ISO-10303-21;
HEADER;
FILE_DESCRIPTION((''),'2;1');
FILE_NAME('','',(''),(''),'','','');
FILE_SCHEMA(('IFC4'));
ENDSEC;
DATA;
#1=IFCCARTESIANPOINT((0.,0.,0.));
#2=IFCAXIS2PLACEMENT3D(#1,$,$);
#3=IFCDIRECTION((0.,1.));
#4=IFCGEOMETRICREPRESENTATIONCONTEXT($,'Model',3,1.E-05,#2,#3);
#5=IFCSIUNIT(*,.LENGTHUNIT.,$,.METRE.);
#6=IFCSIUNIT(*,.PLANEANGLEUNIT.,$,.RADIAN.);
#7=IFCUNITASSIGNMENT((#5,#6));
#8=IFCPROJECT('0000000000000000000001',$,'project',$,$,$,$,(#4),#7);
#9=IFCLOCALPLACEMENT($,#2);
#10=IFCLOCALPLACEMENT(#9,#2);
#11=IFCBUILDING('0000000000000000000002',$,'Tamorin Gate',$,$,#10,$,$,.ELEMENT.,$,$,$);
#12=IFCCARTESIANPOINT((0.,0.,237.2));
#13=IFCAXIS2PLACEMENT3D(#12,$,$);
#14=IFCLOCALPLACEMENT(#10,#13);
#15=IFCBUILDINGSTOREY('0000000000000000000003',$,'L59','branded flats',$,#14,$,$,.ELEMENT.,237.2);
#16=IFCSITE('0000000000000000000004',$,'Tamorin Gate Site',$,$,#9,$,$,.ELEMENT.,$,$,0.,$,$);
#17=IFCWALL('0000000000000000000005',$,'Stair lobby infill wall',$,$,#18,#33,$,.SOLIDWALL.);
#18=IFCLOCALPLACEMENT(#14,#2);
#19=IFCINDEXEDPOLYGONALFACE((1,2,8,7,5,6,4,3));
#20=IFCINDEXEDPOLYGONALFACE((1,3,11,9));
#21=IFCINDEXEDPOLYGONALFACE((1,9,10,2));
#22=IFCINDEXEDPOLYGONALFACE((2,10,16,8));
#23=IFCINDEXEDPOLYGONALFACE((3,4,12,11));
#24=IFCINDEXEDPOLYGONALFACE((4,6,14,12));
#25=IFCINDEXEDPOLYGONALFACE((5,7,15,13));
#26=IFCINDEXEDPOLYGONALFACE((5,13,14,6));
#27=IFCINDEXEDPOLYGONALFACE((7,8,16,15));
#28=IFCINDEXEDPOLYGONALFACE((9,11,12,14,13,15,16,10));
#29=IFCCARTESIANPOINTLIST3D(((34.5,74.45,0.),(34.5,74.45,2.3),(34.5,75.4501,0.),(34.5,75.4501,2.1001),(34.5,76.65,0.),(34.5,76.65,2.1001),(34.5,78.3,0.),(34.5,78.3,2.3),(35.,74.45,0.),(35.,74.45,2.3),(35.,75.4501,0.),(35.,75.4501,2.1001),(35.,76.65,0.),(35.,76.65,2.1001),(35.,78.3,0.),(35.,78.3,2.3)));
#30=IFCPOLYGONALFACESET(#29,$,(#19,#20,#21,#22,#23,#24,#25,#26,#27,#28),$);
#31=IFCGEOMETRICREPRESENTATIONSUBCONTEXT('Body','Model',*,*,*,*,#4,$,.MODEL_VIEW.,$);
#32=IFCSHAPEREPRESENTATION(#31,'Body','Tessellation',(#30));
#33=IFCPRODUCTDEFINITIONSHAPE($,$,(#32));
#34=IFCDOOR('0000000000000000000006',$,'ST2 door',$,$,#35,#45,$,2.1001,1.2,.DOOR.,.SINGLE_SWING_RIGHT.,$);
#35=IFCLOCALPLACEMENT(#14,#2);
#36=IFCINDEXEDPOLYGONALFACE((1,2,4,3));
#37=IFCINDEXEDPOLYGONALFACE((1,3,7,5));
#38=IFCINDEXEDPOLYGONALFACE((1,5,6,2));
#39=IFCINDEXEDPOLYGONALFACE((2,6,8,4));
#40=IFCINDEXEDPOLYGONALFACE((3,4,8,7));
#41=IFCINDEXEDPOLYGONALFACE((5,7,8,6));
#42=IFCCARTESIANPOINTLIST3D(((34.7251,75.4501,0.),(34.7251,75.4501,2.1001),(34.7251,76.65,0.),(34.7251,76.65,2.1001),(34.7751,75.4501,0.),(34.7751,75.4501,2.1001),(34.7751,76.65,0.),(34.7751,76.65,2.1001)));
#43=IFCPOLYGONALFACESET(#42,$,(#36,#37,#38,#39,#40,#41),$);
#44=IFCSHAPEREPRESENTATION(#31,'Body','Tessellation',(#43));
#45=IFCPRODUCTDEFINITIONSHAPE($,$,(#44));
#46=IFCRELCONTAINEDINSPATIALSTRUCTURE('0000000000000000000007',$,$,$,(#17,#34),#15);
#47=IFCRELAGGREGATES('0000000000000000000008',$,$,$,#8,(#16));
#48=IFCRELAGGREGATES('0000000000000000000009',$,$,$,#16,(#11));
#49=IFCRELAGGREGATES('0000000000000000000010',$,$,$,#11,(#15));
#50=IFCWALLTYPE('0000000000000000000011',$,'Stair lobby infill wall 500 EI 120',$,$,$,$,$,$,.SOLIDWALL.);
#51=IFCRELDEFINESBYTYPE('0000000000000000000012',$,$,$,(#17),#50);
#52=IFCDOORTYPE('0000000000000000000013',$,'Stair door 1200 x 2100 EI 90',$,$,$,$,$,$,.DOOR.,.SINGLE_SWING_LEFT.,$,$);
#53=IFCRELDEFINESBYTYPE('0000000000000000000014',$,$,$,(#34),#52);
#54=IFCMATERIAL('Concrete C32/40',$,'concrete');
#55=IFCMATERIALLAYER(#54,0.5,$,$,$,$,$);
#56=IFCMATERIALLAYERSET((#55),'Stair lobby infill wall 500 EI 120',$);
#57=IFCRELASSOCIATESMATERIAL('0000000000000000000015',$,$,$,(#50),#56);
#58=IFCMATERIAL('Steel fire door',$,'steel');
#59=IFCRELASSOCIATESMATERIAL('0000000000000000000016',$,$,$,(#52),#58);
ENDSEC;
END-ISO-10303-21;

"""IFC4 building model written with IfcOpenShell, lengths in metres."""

from ifc_helpers import new_model, si_unit, direction, frame, frame_2d, origin, place, context, subcontext, project, spatial, rectangle, extrude, material, layer, layer_set, type_object, element, fill, save


model = new_model("IFC4")

# Units and contexts
model_context = context("Model", 3, precision=1e-05, world=origin(), true_north=direction((0.0, 1.0)))
body_context = subcontext(model_context, "Body", "Model", "MODEL_VIEW")
ifc_project = project(units=[si_unit("LENGTHUNIT", "METRE"), si_unit("PLANEANGLEUNIT", "RADIAN")], contexts=[model_context])

# Site, building, storey
site_placement = place(None, origin())
site = spatial("IfcSite", under=ifc_project, at=site_placement, Name="Tamorin Gate Site", CompositionType="ELEMENT", RefElevation=0.0)
building_placement = place(site_placement, origin())
building = spatial("IfcBuilding", under=site, at=building_placement, Name="Tamorin Gate", CompositionType="ELEMENT")
storey_placement = place(building_placement, frame((0.0, 0.0, 237.2)))
storey = spatial("IfcBuildingStorey", under=building, at=storey_placement, Name="L59", Description="branded flats", CompositionType="ELEMENT", Elevation=237.2)

# Wall, opening, door
ifc_material_1 = material(Name="Steel fire door", Category="steel")
ifc_material_2 = material(Name="Concrete C32/40", Category="concrete")
ifc_layer_1 = layer(ifc_material_2, 0.5)
ifc_layer_set_1 = layer_set([ifc_layer_1], Name="Stair lobby infill wall 500 EI 120")
wall_type_1 = type_object("IfcWallType", Name="Stair lobby infill wall 500 EI 120", PredefinedType="SOLIDWALL", material=ifc_layer_set_1)
door_type_1 = type_object("IfcDoorType", Name="Stair door 1200 x 2100 EI 90", OperationType="SINGLE_SWING_LEFT", PredefinedType="DOOR", material=ifc_material_1)
wall_1_placement = place(storey_placement, frame((34.75, 74.45, 0.0), z_axis=(0.0, 0.0, 1.0), x_axis=(0.0, 1.0, 0.0)))
wall_1 = element("IfcWall", 1, at=wall_1_placement, inside=storey, type_object=wall_type_1, Name="Stair lobby infill wall", PredefinedType="SOLIDWALL", context=body_context, shape_type="SweptSolid", body=[
    extrude(rectangle(XDim=3.8501, YDim=0.5, at=frame_2d((1.925, 0.0))), origin(), (0.0, 0.0, 1.0), 2.3),
])
opening_1_placement = place(wall_1_placement, frame((1.0, 0.0, 0.0)))
opening_1 = element("IfcOpeningElement", 2, at=opening_1_placement, cuts=wall_1, PredefinedType="OPENING", context=body_context, shape_type="SweptSolid", body=[
    extrude(rectangle(XDim=1.2, YDim=2.1001, at=frame_2d((0.6001, 1.05))), frame((0.0, 0.26, 0.0), z_axis=(0.0, -1.0, 0.0), x_axis=(1.0, 0.0, 0.0)), (0.0, 0.0, 1.0), 0.52),
])
door_1_placement = place(opening_1_placement, origin())
door_1 = element("IfcDoor", 3, at=door_1_placement, inside=storey, type_object=door_type_1, Name="ST2 door", OperationType="SINGLE_SWING_RIGHT", OverallHeight=2.1001, OverallWidth=1.2, PredefinedType="DOOR", context=body_context, shape_type="SweptSolid", body=[
    extrude(rectangle(XDim=1.2, YDim=2.1001, at=frame_2d((0.6001, 1.05))), frame((0.0, 0.0249, 0.0), z_axis=(0.0, -1.0, 0.0), x_axis=(1.0, 0.0, 0.0)), (0.0, 0.0, 1.0), 0.05),
])
fill(opening_1, door_1)

save(model, "model.ifc")
